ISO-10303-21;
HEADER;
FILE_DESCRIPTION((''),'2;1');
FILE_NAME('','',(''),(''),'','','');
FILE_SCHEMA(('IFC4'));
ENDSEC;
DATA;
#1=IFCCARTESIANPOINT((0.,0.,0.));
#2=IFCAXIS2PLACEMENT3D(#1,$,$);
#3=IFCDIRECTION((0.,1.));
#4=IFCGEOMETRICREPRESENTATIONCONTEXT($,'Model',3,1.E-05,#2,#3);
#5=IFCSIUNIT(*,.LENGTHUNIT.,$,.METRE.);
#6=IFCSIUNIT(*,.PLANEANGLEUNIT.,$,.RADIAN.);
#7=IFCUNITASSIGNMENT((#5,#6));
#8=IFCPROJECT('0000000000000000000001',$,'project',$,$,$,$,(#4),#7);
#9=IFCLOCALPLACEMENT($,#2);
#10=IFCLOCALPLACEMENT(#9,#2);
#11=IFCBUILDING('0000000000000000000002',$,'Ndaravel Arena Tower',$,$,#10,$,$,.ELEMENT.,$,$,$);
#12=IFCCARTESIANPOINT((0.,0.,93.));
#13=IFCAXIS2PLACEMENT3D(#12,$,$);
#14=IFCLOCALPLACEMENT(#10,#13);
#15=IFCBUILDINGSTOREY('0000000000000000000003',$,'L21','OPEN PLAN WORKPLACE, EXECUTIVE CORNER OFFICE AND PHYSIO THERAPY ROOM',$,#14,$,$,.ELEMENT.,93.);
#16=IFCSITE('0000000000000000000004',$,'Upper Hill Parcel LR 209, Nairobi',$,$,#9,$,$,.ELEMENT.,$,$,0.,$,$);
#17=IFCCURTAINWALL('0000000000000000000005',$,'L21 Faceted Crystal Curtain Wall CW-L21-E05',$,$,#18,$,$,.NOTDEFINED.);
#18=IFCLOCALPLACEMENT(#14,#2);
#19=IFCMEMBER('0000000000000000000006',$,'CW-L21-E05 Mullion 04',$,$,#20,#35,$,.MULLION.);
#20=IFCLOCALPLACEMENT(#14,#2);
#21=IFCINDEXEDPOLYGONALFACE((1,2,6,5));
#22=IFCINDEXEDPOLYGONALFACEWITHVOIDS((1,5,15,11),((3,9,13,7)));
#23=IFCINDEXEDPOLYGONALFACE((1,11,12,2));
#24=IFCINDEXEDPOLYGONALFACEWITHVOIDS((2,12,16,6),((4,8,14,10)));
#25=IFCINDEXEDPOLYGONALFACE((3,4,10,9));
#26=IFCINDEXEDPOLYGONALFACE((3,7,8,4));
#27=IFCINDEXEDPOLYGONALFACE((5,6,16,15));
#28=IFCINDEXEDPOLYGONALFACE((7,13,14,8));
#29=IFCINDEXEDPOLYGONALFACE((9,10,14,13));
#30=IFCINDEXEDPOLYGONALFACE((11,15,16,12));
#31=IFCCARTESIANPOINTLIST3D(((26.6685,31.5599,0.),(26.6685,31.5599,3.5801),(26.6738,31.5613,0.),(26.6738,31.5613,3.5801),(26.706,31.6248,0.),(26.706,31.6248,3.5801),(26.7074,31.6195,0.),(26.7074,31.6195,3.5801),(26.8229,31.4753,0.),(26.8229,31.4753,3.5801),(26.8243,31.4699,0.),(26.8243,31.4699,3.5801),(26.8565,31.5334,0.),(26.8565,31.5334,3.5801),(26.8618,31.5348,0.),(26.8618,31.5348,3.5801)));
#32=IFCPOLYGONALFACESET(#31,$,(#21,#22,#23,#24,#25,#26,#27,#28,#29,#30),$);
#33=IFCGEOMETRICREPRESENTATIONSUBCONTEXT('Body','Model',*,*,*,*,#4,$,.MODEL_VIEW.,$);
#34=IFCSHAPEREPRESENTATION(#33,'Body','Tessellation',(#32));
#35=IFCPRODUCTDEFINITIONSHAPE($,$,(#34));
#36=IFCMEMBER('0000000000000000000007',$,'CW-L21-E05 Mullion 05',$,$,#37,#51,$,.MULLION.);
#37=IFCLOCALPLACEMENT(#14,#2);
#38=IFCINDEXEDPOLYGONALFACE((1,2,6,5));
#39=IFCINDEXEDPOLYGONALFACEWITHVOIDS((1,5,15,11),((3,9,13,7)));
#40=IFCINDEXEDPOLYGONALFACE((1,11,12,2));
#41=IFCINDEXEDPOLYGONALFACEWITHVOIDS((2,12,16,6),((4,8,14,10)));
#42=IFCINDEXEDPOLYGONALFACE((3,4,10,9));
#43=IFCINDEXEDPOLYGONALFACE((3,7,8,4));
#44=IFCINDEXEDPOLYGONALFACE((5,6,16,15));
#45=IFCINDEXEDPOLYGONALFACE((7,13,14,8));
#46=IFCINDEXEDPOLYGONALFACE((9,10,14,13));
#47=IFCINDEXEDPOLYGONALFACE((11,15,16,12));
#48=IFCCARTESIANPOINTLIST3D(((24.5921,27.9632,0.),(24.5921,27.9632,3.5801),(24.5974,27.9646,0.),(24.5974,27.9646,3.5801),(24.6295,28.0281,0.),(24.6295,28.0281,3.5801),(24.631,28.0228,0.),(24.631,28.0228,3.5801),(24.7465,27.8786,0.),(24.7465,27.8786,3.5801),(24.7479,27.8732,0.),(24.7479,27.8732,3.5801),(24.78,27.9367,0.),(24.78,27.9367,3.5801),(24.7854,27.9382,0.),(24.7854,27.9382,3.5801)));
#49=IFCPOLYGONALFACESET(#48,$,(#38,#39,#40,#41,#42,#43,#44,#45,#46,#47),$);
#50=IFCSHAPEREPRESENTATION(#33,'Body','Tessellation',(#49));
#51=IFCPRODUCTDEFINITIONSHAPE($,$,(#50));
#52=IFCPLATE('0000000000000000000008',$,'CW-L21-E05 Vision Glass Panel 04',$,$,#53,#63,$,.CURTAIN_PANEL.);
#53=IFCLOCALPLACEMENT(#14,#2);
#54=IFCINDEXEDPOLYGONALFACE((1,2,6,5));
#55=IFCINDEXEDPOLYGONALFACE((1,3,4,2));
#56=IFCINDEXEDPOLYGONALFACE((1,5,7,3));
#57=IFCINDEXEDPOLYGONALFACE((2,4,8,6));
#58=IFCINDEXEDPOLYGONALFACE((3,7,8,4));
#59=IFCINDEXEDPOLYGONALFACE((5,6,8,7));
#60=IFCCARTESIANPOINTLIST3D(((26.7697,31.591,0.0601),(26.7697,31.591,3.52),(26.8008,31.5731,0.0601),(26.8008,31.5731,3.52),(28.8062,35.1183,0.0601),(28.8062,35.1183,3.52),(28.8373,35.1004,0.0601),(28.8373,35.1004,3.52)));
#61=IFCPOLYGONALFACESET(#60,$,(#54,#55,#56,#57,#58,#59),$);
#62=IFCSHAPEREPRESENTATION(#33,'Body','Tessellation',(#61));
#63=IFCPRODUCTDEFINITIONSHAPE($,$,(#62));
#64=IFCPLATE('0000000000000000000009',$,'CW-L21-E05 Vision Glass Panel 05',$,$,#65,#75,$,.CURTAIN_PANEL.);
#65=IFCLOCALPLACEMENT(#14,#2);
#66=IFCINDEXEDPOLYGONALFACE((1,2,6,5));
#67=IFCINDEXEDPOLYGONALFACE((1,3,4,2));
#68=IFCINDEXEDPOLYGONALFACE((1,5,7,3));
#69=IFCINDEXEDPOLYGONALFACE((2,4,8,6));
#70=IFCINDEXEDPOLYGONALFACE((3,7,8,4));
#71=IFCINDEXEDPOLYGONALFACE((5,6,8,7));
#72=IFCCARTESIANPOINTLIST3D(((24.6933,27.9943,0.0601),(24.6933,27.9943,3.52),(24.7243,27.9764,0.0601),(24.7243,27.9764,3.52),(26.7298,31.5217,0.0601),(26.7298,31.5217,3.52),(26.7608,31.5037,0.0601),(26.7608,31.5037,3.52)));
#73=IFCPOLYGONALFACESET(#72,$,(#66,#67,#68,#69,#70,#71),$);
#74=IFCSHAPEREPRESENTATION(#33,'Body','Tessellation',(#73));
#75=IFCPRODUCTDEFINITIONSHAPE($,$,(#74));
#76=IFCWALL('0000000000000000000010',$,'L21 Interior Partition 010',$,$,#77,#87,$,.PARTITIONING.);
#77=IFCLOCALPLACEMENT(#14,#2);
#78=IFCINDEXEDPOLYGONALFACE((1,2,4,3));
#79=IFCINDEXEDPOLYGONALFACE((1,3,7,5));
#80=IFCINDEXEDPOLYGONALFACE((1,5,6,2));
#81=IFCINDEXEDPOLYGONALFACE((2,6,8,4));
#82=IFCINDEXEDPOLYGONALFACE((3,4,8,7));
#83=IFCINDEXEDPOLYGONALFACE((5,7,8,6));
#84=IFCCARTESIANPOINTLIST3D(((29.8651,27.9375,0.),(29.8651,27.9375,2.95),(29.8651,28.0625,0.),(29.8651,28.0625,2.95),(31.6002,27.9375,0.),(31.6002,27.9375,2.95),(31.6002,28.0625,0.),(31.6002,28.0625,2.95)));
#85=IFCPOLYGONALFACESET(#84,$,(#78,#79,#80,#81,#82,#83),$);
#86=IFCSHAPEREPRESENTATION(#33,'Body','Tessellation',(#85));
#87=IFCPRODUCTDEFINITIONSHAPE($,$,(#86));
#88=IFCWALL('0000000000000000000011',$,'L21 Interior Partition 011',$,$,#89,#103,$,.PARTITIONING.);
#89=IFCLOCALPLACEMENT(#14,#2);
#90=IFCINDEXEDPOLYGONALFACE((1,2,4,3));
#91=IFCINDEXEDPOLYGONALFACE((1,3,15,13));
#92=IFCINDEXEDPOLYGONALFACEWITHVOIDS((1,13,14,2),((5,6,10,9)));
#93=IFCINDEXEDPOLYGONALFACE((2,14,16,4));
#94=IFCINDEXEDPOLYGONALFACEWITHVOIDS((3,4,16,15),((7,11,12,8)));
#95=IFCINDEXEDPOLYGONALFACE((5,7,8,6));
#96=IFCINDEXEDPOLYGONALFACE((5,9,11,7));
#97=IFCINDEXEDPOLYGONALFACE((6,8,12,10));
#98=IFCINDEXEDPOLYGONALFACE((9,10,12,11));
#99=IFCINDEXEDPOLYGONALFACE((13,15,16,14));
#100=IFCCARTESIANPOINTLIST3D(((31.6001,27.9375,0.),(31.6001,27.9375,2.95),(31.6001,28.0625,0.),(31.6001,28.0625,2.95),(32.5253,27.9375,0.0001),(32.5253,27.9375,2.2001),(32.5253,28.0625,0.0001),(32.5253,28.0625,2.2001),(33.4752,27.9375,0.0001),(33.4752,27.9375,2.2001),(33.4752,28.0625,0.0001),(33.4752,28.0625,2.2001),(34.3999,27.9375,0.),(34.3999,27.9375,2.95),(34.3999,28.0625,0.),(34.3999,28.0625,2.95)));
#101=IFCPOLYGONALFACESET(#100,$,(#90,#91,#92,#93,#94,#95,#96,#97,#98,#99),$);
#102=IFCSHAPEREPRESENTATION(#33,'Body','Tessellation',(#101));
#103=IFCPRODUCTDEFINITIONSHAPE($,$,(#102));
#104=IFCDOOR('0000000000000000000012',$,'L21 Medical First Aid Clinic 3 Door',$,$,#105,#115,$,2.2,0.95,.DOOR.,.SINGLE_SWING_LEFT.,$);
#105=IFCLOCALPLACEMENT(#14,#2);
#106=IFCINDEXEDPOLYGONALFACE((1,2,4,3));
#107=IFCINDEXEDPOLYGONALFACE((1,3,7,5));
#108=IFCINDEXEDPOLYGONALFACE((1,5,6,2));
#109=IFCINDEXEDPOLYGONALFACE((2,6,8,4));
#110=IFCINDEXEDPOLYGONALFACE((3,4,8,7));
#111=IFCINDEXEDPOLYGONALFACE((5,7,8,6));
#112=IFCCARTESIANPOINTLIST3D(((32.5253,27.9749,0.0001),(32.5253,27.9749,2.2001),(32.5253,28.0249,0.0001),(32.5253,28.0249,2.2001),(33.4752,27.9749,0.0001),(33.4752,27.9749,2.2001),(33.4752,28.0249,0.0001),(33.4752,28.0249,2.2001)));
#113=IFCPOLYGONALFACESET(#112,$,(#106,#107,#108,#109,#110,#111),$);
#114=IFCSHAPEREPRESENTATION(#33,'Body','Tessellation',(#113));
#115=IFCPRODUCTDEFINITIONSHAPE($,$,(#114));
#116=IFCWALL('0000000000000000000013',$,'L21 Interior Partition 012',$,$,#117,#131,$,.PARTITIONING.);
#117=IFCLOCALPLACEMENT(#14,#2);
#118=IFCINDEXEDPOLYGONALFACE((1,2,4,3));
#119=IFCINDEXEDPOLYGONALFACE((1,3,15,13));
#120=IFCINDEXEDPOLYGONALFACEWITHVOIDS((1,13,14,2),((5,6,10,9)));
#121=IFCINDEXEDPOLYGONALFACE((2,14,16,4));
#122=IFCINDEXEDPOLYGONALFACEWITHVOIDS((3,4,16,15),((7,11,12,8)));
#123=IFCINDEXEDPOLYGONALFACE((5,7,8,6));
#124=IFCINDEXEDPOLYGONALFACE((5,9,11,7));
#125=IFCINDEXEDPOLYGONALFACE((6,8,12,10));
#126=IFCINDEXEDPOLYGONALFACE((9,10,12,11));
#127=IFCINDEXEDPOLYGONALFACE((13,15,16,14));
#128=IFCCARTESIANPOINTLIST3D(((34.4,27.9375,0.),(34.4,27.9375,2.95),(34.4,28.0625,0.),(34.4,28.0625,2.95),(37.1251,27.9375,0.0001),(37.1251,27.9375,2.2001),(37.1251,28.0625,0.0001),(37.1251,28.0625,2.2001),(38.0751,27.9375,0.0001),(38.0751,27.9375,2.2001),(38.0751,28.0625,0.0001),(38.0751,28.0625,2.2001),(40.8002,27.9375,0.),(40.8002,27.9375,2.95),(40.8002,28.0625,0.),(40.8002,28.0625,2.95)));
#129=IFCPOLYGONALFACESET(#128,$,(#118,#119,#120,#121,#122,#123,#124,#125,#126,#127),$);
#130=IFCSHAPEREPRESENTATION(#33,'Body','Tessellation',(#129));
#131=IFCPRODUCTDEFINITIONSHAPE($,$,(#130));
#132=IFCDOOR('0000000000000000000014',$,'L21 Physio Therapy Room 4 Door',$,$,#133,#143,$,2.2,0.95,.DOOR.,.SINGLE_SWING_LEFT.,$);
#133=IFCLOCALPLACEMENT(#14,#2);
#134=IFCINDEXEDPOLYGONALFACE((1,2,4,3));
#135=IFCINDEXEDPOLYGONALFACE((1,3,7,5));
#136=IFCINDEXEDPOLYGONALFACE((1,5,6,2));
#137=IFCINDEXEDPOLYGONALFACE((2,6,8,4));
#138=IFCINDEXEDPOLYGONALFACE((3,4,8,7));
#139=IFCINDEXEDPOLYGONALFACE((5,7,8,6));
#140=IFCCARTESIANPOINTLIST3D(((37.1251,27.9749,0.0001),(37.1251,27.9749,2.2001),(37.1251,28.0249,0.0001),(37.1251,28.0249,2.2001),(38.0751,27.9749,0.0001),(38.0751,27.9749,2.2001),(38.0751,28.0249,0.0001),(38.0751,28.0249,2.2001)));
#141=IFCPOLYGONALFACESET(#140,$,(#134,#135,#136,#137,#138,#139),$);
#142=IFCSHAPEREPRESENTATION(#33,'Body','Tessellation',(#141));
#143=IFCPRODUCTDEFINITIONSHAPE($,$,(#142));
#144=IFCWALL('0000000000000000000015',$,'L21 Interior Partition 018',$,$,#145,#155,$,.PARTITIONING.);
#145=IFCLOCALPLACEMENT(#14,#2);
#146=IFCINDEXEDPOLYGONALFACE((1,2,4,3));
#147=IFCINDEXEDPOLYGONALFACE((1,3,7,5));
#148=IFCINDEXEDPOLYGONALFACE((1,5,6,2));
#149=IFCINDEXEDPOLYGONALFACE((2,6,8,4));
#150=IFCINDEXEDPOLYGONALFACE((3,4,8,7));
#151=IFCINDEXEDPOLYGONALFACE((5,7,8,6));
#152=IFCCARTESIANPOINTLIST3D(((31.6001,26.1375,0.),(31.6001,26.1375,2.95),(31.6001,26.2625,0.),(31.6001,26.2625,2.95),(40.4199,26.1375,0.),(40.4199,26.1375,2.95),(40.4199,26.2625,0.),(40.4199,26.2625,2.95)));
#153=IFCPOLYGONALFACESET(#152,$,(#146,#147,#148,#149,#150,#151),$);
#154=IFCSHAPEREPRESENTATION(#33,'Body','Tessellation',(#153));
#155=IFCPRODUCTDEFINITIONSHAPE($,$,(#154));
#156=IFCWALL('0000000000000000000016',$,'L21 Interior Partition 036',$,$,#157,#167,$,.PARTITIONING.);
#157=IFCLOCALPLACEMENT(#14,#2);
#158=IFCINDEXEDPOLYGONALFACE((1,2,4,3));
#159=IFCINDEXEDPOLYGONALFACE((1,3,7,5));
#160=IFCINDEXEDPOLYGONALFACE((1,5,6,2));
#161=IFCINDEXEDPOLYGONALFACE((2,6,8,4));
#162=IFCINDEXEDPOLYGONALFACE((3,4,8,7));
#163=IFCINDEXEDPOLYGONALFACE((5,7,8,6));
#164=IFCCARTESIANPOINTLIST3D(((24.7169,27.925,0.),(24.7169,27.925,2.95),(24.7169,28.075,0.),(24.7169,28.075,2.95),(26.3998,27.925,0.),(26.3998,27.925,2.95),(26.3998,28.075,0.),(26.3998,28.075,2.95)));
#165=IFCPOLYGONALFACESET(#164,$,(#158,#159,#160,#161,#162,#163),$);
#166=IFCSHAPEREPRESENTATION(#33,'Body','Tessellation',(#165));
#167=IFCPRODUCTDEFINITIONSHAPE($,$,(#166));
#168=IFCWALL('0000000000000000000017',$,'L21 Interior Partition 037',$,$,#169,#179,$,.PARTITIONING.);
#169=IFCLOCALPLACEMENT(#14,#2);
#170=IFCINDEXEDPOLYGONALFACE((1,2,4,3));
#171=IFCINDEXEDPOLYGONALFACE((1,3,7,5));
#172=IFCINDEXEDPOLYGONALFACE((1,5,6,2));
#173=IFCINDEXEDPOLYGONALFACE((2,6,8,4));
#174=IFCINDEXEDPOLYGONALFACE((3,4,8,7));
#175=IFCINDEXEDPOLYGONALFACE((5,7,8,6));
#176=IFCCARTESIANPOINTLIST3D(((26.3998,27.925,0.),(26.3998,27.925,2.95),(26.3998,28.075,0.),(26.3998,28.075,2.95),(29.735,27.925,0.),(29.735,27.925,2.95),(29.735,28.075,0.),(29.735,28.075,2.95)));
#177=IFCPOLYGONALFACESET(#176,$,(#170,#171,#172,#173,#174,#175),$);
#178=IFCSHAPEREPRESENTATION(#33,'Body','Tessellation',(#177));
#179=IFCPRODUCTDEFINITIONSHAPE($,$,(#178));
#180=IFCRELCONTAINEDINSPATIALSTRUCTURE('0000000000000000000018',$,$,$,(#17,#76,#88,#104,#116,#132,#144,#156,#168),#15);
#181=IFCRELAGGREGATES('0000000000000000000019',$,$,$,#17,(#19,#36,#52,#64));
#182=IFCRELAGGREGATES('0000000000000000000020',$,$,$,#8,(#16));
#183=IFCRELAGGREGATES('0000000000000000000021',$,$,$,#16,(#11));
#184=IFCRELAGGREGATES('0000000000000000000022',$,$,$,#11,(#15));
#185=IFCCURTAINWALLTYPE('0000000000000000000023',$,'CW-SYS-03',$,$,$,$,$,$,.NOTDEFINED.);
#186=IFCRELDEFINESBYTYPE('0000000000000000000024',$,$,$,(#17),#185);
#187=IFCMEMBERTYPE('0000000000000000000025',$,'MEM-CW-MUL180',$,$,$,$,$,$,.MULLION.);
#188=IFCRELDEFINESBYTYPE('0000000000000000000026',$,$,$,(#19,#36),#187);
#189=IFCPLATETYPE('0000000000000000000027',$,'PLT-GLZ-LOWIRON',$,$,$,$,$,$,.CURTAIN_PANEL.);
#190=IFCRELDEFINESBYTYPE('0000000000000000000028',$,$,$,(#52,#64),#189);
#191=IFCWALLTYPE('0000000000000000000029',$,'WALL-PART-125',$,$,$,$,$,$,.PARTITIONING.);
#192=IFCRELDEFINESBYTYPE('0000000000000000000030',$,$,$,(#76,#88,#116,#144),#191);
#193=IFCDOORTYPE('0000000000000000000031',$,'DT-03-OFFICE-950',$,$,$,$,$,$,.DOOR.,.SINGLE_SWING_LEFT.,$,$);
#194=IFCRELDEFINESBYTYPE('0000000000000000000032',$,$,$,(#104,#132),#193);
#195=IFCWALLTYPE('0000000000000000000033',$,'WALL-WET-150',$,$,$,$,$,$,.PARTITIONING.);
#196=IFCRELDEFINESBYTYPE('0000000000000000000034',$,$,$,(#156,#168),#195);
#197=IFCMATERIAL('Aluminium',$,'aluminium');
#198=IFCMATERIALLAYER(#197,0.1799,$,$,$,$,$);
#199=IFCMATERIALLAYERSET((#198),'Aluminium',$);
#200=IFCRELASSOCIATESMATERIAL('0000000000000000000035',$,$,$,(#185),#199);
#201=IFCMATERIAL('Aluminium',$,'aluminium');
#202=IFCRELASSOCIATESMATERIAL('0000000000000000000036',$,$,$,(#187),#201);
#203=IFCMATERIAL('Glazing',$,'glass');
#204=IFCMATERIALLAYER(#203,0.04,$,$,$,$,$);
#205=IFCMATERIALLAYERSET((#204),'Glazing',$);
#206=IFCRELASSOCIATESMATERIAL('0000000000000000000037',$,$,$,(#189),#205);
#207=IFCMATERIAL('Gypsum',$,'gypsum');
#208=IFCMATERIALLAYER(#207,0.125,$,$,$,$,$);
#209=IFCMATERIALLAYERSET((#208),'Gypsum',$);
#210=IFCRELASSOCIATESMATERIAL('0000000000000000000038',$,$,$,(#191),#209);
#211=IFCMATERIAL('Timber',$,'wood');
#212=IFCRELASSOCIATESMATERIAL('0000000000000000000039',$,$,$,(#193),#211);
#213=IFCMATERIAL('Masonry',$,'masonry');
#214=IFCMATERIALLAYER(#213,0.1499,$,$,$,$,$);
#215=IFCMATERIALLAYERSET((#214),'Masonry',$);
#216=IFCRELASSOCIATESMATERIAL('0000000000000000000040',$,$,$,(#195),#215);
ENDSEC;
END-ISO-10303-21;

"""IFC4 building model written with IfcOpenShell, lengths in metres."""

from ifc_helpers import new_model, si_unit, direction, frame, frame_2d, origin, origin_2d, place, context, subcontext, project, spatial, rectangle, hollow_rectangle, extrude, material, layer, layer_set, material_profile, profile_set, type_object, element, fill, aggregate, save


model = new_model("IFC4")

# Units and contexts
model_context = context("Model", 3, precision=1e-05, world=origin(), true_north=direction((0.0, 1.0)))
body_context = subcontext(model_context, "Body", "Model", "MODEL_VIEW")
ifc_project = project(units=[si_unit("LENGTHUNIT", "METRE"), si_unit("PLANEANGLEUNIT", "RADIAN")], contexts=[model_context])

# Site, building, storey
site_placement = place(None, origin())
site = spatial("IfcSite", under=ifc_project, at=site_placement, Name="Upper Hill Parcel LR 209, Nairobi", CompositionType="ELEMENT", RefElevation=0.0)
building_placement = place(site_placement, origin())
building = spatial("IfcBuilding", under=site, at=building_placement, Name="Ndaravel Arena Tower", CompositionType="ELEMENT")
storey_placement = place(building_placement, frame((0.0, 0.0, 93.0)))
storey = spatial("IfcBuildingStorey", under=building, at=storey_placement, Name="L21", Description="OPEN PLAN WORKPLACE, EXECUTIVE CORNER OFFICE AND PHYSIO THERAPY ROOM", CompositionType="ELEMENT", Elevation=93.0)

# Curtain wall, members, plates
ifc_material_1 = material(Name="Aluminium", Category="aluminium")
ifc_layer_1 = layer(ifc_material_1, 0.1799)
ifc_layer_set_1 = layer_set([ifc_layer_1], Name="Aluminium")
curtain_wall_type = type_object("IfcCurtainWallType", Name="CW-SYS-03", PredefinedType="NOTDEFINED", material=ifc_layer_set_1)
curtain_wall_placement = place(storey_placement, origin())
curtain_wall = element("IfcCurtainWall", 1, at=curtain_wall_placement, inside=storey, type_object=curtain_wall_type, Name="L21 Faceted Crystal Curtain Wall CW-L21-E05", PredefinedType="NOTDEFINED")
ifc_material_2 = material(Name="Aluminium", Category="aluminium")
ifc_material_profile_1 = material_profile(ifc_material_2, hollow_rectangle(XDim=0.075, YDim=0.1799, WallThickness=0.0039, at=origin_2d()), Name="CW MULLION 75x180x4")
ifc_profile_set_1 = profile_set([ifc_material_profile_1], Name="Aluminium")
member_type = type_object("IfcMemberType", Name="MEM-CW-MUL180", PredefinedType="MULLION", material=ifc_profile_set_1)
member_1_placement = place(storey_placement, frame((26.7651, 31.5474, 0.0), z_axis=(0.0, 0.0, 1.0), x_axis=(-0.5, -0.866025, 0.0)))
member_1 = element("IfcMember", 2, at=member_1_placement, type_object=member_type, Name="CW-L21-E05 Mullion 04", PredefinedType="MULLION", context=body_context, shape_type="SweptSolid", body=[
    extrude(hollow_rectangle(XDim=0.075, YDim=0.1799, WallThickness=0.0039, at=origin_2d()), origin(), (0.0, 0.0, 1.0), 3.5801),
])
member_2_placement = place(storey_placement, frame((24.6887, 27.9507, 0.0), z_axis=(0.0, 0.0, 1.0), x_axis=(-0.5, -0.866025, 0.0)))
member_2 = element("IfcMember", 3, at=member_2_placement, type_object=member_type, Name="CW-L21-E05 Mullion 05", PredefinedType="MULLION", context=body_context, shape_type="SweptSolid", body=[
    extrude(hollow_rectangle(XDim=0.075, YDim=0.1799, WallThickness=0.0039, at=origin_2d()), origin(), (0.0, 0.0, 1.0), 3.5801),
])
ifc_material_3 = material(Name="Glazing", Category="glass")
ifc_layer_2 = layer(ifc_material_3, 0.04)
ifc_layer_set_2 = layer_set([ifc_layer_2], Name="Glazing")
plate_type = type_object("IfcPlateType", Name="PLT-GLZ-LOWIRON", PredefinedType="CURTAIN_PANEL", material=ifc_layer_set_2)
plate_1_placement = place(storey_placement, frame((27.8035, 33.3457, 0.0601), z_axis=(0.0, 0.0, 1.0), x_axis=(-0.5, -0.866025, 0.0)))
plate_1 = element("IfcPlate", 4, at=plate_1_placement, type_object=plate_type, Name="CW-L21-E05 Vision Glass Panel 04", PredefinedType="CURTAIN_PANEL", context=body_context, shape_type="SweptSolid", body=[
    extrude(rectangle(XDim=4.073, YDim=0.0359, at=origin_2d()), origin(), (0.0, 0.0, 1.0), 3.46),
])
plate_2_placement = place(storey_placement, frame((25.7271, 29.749, 0.0601), z_axis=(0.0, 0.0, 1.0), x_axis=(-0.5, -0.866025, 0.0)))
plate_2 = element("IfcPlate", 5, at=plate_2_placement, type_object=plate_type, Name="CW-L21-E05 Vision Glass Panel 05", PredefinedType="CURTAIN_PANEL", context=body_context, shape_type="SweptSolid", body=[
    extrude(rectangle(XDim=4.073, YDim=0.0359, at=origin_2d()), origin(), (0.0, 0.0, 1.0), 3.46),
])
aggregate(curtain_wall, [member_1, member_2, plate_1, plate_2])

# Wall
ifc_material_4 = material(Name="Gypsum", Category="gypsum")
ifc_layer_3 = layer(ifc_material_4, 0.125)
ifc_layer_set_3 = layer_set([ifc_layer_3], Name="Gypsum")
wall_type_1 = type_object("IfcWallType", Name="WALL-PART-125", PredefinedType="PARTITIONING", material=ifc_layer_set_3)
wall_1_placement = place(storey_placement, frame((29.865, 28.0, 0.0), z_axis=(0.0, 0.0, 1.0), x_axis=(1.0, 0.0, 0.0)))
element("IfcWall", 6, at=wall_1_placement, inside=storey, type_object=wall_type_1, Name="L21 Interior Partition 010", PredefinedType="PARTITIONING", context=body_context, shape_type="SweptSolid", body=[
    extrude(rectangle(XDim=1.7351, YDim=0.125, at=frame_2d((0.8677, 0.0))), origin(), (0.0, 0.0, 1.0), 2.95),
])

# Walls, openings, doors
wall_2_placement = place(storey_placement, frame((31.6001, 28.0, 0.0), z_axis=(0.0, 0.0, 1.0), x_axis=(1.0, 0.0, 0.0)))
wall_2 = element("IfcWall", 7, at=wall_2_placement, inside=storey, type_object=wall_type_1, Name="L21 Interior Partition 011", PredefinedType="PARTITIONING", context=body_context, shape_type="SweptSolid", body=[
    extrude(rectangle(XDim=2.7998, YDim=0.125, at=frame_2d((1.3999, 0.0))), origin(), (0.0, 0.0, 1.0), 2.95),
])
opening_1_placement = place(wall_2_placement, frame((0.925, 0.0, 0.0)))
opening_1 = element("IfcOpeningElement", 8, at=opening_1_placement, cuts=wall_2, PredefinedType="OPENING", context=body_context, shape_type="SweptSolid", body=[
    extrude(rectangle(XDim=0.95, YDim=2.2, at=frame_2d((0.4751, 1.1001))), frame((0.0, 0.0625, 0.0), z_axis=(0.0, -1.0, 0.0), x_axis=(1.0, 0.0, 0.0)), (0.0, 0.0, 1.0), 0.125),
])
ifc_material_5 = material(Name="Timber", Category="wood")
door_type_1 = type_object("IfcDoorType", Name="DT-03-OFFICE-950", OperationType="SINGLE_SWING_LEFT", PredefinedType="DOOR", material=ifc_material_5)
door_1_placement = place(opening_1_placement, origin())
door_1 = element("IfcDoor", 9, at=door_1_placement, inside=storey, type_object=door_type_1, Name="L21 Medical First Aid Clinic 3 Door", OperationType="SINGLE_SWING_LEFT", OverallHeight=2.2, OverallWidth=0.95, PredefinedType="DOOR", context=body_context, shape_type="SweptSolid", body=[
    extrude(rectangle(XDim=0.95, YDim=2.2, at=frame_2d((0.4751, 1.1001))), frame((0.0, 0.0249, 0.0), z_axis=(0.0, -1.0, 0.0), x_axis=(1.0, 0.0, 0.0)), (0.0, 0.0, 1.0), 0.05),
])
fill(opening_1, door_1)
wall_3_placement = place(storey_placement, frame((34.3999, 28.0, 0.0), z_axis=(0.0, 0.0, 1.0), x_axis=(1.0, 0.0, 0.0)))
wall_3 = element("IfcWall", 10, at=wall_3_placement, inside=storey, type_object=wall_type_1, Name="L21 Interior Partition 012", PredefinedType="PARTITIONING", context=body_context, shape_type="SweptSolid", body=[
    extrude(rectangle(XDim=6.4001, YDim=0.125, at=frame_2d((3.2002, 0.0))), origin(), (0.0, 0.0, 1.0), 2.95),
])
opening_2_placement = place(wall_3_placement, frame((2.7251, 0.0, 0.0)))
opening_2 = element("IfcOpeningElement", 11, at=opening_2_placement, cuts=wall_3, PredefinedType="OPENING", context=body_context, shape_type="SweptSolid", body=[
    extrude(rectangle(XDim=0.95, YDim=2.2, at=frame_2d((0.4751, 1.1001))), frame((0.0, 0.0625, 0.0), z_axis=(0.0, -1.0, 0.0), x_axis=(1.0, 0.0, 0.0)), (0.0, 0.0, 1.0), 0.125),
])
door_2_placement = place(opening_2_placement, origin())
door_2 = element("IfcDoor", 12, at=door_2_placement, inside=storey, type_object=door_type_1, Name="L21 Physio Therapy Room 4 Door", OperationType="SINGLE_SWING_LEFT", OverallHeight=2.2, OverallWidth=0.95, PredefinedType="DOOR", context=body_context, shape_type="SweptSolid", body=[
    extrude(rectangle(XDim=0.95, YDim=2.2, at=frame_2d((0.4751, 1.1001))), frame((0.0, 0.0249, 0.0), z_axis=(0.0, -1.0, 0.0), x_axis=(1.0, 0.0, 0.0)), (0.0, 0.0, 1.0), 0.05),
])
fill(opening_2, door_2)

# Wall
wall_4_placement = place(storey_placement, frame((40.4199, 26.2, 0.0), z_axis=(0.0, 0.0, 1.0), x_axis=(-1.0, 0.0, 0.0)))
element("IfcWall", 13, at=wall_4_placement, inside=storey, type_object=wall_type_1, Name="L21 Interior Partition 018", PredefinedType="PARTITIONING", context=body_context, shape_type="SweptSolid", body=[
    extrude(rectangle(XDim=8.8198, YDim=0.125, at=frame_2d((4.4099, 0.0))), origin(), (0.0, 0.0, 1.0), 2.95),
])

# Shared definitions
ifc_material_6 = material(Name="Masonry", Category="masonry")
ifc_layer_4 = layer(ifc_material_6, 0.1499)
ifc_layer_set_4 = layer_set([ifc_layer_4], Name="Masonry")
wall_type_2 = type_object("IfcWallType", Name="WALL-WET-150", PredefinedType="PARTITIONING", material=ifc_layer_set_4)

# Walls
wall_5_placement = place(storey_placement, frame((24.717, 28.0, 0.0), z_axis=(0.0, 0.0, 1.0), x_axis=(1.0, 0.0, 0.0)))
element("IfcWall", 14, at=wall_5_placement, inside=storey, type_object=wall_type_2, Name="L21 Interior Partition 036", PredefinedType="PARTITIONING", context=body_context, shape_type="SweptSolid", body=[
    extrude(rectangle(XDim=1.6829, YDim=0.1499, at=frame_2d((0.8413, 0.0))), origin(), (0.0, 0.0, 1.0), 2.95),
])
wall_6_placement = place(storey_placement, frame((26.3999, 28.0, 0.0), z_axis=(0.0, 0.0, 1.0), x_axis=(1.0, 0.0, 0.0)))
element("IfcWall", 15, at=wall_6_placement, inside=storey, type_object=wall_type_2, Name="L21 Interior Partition 037", PredefinedType="PARTITIONING", context=body_context, shape_type="SweptSolid", body=[
    extrude(rectangle(XDim=3.3352, YDim=0.1499, at=frame_2d((1.6675, 0.0))), origin(), (0.0, 0.0, 1.0), 2.95),
])

save(model, "model.ifc")
